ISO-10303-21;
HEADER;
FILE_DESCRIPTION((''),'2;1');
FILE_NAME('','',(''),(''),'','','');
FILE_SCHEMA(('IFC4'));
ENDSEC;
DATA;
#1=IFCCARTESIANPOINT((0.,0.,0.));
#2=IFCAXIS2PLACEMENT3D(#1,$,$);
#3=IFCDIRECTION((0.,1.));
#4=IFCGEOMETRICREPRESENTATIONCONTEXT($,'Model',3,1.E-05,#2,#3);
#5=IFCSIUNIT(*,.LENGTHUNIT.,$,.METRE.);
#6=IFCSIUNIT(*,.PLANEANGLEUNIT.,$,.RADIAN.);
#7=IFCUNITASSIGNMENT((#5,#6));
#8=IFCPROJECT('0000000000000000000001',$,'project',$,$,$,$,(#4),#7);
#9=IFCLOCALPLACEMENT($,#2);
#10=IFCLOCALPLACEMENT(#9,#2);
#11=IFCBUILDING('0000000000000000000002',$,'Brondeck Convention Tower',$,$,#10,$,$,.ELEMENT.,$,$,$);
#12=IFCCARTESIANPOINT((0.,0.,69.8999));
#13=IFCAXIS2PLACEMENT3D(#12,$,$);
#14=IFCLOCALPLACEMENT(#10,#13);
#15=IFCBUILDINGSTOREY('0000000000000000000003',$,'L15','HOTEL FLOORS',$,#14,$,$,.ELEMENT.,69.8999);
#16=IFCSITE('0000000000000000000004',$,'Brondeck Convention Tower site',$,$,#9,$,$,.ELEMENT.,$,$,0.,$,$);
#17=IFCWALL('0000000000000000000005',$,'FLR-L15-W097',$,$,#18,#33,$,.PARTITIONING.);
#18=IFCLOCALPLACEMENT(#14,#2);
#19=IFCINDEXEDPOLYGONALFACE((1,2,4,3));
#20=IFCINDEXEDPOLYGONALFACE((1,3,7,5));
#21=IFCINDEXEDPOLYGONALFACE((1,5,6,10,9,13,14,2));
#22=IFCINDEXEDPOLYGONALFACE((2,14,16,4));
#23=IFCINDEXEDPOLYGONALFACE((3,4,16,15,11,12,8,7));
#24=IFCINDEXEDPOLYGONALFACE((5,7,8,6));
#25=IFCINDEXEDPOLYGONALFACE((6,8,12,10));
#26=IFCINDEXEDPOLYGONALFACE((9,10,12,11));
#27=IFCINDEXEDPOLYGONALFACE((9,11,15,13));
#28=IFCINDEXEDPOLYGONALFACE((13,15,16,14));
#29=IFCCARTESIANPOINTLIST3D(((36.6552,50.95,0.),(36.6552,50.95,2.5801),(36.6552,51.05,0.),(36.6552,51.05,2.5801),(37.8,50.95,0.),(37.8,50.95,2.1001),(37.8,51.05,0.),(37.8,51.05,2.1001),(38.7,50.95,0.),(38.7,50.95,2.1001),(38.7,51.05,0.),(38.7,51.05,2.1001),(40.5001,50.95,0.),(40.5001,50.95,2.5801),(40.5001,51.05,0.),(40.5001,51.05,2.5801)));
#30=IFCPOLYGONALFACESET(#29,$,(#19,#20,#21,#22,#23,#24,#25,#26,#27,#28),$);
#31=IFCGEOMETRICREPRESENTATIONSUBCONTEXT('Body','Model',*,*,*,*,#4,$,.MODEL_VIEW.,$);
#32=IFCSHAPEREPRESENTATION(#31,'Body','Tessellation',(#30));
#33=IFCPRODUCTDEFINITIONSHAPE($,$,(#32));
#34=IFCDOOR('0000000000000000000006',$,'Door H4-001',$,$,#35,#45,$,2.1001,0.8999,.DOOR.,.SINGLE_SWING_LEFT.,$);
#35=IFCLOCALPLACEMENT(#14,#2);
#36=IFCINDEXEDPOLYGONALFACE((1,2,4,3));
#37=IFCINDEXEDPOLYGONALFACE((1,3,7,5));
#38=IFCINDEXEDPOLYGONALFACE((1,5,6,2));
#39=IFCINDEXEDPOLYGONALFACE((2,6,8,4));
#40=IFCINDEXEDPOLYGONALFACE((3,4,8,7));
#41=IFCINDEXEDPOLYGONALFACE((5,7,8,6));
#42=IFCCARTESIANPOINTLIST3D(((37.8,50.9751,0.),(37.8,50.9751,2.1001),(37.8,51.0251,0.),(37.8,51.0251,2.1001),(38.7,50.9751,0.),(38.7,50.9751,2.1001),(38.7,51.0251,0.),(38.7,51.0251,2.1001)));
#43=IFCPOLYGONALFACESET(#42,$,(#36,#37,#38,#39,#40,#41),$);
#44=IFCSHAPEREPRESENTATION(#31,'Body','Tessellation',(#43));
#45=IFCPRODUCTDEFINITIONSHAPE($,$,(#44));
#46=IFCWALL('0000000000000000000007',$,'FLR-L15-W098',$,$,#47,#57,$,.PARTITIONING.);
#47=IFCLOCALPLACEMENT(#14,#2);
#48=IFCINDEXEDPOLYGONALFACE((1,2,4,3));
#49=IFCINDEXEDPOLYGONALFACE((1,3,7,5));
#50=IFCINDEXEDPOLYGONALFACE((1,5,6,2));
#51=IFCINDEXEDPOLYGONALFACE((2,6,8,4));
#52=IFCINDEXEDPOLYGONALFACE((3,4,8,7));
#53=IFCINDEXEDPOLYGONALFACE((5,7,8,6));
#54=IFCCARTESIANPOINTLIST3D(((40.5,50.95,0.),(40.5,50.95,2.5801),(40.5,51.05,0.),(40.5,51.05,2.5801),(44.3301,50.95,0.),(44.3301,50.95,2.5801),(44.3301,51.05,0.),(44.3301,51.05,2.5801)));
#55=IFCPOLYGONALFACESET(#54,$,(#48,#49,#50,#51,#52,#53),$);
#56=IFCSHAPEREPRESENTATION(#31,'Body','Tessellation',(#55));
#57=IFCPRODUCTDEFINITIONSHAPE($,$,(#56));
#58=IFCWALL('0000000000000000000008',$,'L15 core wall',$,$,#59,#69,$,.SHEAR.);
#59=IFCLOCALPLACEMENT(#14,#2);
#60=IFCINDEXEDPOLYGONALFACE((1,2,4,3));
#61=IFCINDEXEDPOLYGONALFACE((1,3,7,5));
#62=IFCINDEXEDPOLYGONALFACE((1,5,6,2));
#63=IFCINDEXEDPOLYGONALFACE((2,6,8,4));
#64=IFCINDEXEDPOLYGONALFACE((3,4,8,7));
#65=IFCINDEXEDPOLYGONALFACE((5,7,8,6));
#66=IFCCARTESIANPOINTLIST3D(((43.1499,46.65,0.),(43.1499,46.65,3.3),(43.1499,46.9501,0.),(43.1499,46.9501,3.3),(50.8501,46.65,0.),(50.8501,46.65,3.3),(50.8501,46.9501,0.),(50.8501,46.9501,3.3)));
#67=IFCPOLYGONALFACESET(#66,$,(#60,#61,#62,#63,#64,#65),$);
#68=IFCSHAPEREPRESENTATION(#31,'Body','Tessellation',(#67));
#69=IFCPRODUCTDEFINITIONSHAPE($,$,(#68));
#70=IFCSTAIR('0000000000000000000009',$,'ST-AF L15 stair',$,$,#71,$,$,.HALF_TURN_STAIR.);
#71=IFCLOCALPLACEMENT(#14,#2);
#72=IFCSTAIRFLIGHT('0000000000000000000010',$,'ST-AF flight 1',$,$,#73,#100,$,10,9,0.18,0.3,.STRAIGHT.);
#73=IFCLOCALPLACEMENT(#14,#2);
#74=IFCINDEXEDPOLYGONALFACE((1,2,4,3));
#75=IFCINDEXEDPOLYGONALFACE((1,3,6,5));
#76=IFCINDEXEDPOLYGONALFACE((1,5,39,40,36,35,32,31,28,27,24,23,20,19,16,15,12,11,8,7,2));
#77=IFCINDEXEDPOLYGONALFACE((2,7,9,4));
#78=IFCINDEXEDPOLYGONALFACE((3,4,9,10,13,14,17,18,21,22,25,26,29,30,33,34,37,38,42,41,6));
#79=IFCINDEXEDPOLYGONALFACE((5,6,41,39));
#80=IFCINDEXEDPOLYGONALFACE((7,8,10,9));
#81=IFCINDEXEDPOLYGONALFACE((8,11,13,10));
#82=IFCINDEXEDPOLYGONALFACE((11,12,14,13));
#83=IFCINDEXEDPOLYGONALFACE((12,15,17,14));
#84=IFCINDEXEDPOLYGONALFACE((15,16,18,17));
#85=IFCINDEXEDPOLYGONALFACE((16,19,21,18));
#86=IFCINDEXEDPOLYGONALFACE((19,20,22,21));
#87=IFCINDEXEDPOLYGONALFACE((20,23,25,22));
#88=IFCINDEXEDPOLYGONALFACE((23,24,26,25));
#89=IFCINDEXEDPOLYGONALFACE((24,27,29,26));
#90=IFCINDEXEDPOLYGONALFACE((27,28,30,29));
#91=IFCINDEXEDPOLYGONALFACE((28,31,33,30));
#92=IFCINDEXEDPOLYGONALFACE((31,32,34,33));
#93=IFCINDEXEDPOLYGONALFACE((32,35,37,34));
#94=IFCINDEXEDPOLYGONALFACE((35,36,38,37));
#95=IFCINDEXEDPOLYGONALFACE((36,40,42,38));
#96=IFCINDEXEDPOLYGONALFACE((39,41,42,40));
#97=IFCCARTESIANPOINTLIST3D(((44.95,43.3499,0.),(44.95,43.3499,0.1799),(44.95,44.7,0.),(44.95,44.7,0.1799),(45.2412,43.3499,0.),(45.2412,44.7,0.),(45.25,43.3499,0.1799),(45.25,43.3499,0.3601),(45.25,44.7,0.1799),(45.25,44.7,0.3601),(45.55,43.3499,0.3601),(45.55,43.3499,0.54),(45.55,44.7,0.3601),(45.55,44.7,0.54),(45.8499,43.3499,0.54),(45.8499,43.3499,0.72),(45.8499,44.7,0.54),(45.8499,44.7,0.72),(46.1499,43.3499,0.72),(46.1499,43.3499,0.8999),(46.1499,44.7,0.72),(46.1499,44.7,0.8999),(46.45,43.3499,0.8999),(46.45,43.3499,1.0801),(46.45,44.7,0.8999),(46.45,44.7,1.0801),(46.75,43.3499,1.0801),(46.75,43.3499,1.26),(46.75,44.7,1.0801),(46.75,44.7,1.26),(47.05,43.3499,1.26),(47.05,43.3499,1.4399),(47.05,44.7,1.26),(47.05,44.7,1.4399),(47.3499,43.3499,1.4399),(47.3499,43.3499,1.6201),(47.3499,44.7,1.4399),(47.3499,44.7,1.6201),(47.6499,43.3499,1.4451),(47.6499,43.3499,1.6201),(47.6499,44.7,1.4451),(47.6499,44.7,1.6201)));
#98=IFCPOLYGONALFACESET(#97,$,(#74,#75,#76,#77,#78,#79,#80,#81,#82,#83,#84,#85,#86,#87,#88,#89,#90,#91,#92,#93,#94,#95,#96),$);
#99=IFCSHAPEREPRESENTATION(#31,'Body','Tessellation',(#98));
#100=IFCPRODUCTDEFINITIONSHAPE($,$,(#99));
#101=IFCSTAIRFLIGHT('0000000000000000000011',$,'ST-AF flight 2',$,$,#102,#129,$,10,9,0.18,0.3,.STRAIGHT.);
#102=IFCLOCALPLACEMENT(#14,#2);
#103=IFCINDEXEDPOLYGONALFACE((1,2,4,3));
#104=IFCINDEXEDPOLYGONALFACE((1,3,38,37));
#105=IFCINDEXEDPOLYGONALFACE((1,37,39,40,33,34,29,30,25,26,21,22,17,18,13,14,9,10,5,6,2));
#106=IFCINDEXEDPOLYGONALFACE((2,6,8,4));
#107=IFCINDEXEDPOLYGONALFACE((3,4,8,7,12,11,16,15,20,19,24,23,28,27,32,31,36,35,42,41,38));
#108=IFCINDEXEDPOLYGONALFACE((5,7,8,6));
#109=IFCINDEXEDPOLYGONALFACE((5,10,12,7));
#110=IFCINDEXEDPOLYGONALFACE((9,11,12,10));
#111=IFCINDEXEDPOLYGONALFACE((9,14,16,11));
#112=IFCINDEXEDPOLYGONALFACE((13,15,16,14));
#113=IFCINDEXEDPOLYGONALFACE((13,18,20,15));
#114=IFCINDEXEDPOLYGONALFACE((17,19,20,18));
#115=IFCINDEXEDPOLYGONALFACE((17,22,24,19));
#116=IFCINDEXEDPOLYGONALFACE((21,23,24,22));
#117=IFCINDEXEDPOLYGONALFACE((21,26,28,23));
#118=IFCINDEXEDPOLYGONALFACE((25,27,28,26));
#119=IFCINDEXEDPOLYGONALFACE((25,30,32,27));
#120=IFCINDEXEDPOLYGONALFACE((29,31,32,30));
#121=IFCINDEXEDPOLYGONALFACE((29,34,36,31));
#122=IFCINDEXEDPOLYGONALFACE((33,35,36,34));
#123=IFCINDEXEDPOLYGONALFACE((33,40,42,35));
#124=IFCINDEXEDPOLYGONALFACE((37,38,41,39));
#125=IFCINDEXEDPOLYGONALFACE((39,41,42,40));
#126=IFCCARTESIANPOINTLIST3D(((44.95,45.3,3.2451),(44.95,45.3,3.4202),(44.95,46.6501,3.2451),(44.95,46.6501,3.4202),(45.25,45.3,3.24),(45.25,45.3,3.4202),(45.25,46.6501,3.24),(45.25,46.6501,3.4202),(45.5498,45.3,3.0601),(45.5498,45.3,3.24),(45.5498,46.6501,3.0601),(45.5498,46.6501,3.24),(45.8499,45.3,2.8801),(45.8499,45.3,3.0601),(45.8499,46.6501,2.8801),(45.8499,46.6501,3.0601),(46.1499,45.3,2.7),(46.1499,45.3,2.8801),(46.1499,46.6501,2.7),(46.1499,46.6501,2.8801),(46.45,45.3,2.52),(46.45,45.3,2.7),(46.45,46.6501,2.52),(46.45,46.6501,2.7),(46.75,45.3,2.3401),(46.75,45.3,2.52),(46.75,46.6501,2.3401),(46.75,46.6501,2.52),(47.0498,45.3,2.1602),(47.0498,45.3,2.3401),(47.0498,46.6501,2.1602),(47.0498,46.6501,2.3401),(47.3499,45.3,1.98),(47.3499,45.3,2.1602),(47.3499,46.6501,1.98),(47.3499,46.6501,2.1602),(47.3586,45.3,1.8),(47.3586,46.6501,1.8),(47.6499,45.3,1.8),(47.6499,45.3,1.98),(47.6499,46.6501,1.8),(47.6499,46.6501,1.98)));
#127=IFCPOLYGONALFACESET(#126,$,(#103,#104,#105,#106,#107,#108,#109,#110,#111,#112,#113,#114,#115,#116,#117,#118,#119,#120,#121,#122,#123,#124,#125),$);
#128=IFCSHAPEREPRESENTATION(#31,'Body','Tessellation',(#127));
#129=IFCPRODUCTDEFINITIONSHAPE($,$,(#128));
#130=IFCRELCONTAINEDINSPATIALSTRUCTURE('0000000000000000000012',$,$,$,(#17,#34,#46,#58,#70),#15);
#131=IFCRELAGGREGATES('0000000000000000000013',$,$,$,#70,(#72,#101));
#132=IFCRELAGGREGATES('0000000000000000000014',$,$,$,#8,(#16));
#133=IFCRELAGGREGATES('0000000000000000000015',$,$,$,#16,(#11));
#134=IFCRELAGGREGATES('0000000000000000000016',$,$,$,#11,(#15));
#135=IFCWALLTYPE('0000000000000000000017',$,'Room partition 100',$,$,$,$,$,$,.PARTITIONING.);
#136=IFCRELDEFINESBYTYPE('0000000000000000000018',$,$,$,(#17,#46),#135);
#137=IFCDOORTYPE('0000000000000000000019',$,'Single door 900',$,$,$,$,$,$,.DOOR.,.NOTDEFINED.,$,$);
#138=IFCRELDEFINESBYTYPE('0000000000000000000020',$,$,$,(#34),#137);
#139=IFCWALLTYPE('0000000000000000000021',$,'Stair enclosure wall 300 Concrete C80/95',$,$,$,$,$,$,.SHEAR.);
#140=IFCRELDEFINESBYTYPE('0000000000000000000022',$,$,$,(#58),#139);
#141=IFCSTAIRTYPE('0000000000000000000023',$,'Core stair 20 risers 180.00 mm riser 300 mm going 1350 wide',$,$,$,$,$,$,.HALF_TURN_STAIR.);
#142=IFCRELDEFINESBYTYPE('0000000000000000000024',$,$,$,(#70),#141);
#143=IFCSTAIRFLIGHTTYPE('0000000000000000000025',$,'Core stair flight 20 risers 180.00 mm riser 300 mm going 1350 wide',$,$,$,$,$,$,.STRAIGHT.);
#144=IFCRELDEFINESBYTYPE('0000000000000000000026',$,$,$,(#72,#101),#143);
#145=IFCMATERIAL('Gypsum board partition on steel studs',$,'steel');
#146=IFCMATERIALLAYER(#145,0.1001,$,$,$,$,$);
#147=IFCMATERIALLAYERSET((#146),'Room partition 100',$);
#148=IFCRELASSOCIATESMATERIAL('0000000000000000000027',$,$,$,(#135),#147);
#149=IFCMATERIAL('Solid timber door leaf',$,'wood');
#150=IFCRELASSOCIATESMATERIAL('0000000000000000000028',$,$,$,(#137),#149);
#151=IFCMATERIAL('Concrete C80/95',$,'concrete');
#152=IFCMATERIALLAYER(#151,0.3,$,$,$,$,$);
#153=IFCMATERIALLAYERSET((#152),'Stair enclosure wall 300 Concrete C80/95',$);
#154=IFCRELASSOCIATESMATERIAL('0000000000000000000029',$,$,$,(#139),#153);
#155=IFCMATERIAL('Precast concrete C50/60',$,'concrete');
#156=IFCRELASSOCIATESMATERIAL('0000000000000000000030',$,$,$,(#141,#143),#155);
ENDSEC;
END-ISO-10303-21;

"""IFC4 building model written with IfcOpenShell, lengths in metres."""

from ifc_helpers import new_model, si_unit, direction, frame, frame_2d, origin, place, context, subcontext, project, spatial, polyline, rectangle, outline, extrude, material, layer, layer_set, type_object, element, fill, aggregate, save


model = new_model("IFC4")

# Units and contexts
model_context = context("Model", 3, precision=1e-05, world=origin(), true_north=direction((0.0, 1.0)))
body_context = subcontext(model_context, "Body", "Model", "MODEL_VIEW")
ifc_project = project(units=[si_unit("LENGTHUNIT", "METRE"), si_unit("PLANEANGLEUNIT", "RADIAN")], contexts=[model_context])

# Site, building, storey
site_placement = place(None, origin())
site = spatial("IfcSite", under=ifc_project, at=site_placement, Name="Brondeck Convention Tower site", CompositionType="ELEMENT", RefElevation=0.0)
building_placement = place(site_placement, origin())
building = spatial("IfcBuilding", under=site, at=building_placement, Name="Brondeck Convention Tower", CompositionType="ELEMENT")
storey_placement = place(building_placement, frame((0.0, 0.0, 69.8999)))
storey = spatial("IfcBuildingStorey", under=building, at=storey_placement, Name="L15", Description="HOTEL FLOORS", CompositionType="ELEMENT", Elevation=69.8999)

# Shared definitions
ifc_material_1 = material(Name="Concrete C80/95", Category="concrete")

# Shared definitions
ifc_material_2 = material(Name="Gypsum board partition on steel studs", Category="steel")
ifc_layer_1 = layer(ifc_material_2, 0.1001)
ifc_layer_set_1 = layer_set([ifc_layer_1], Name="Room partition 100")
wall_type_1 = type_object("IfcWallType", Name="Room partition 100", PredefinedType="PARTITIONING", material=ifc_layer_set_1)

# Wall, opening, door
ifc_material_3 = material(Name="Solid timber door leaf", Category="wood")
door_type = type_object("IfcDoorType", Name="Single door 900", OperationType="NOTDEFINED", PredefinedType="DOOR", material=ifc_material_3)
wall_1_placement = place(storey_placement, frame((40.5, 51.0, 0.0), z_axis=(0.0, 0.0, 1.0), x_axis=(-1.0, 0.0, 0.0)))
wall_1 = element("IfcWall", 1, at=wall_1_placement, inside=storey, type_object=wall_type_1, Name="FLR-L15-W097", PredefinedType="PARTITIONING", context=body_context, shape_type="SweptSolid", body=[
    extrude(rectangle(XDim=3.845, YDim=0.1001, at=frame_2d((1.9224, 0.0))), origin(), (0.0, 0.0, 1.0), 2.5801),
])
opening_1_placement = place(wall_1_placement, frame((1.8, 0.0, 0.0)))
opening_1 = element("IfcOpeningElement", 2, at=opening_1_placement, cuts=wall_1, PredefinedType="OPENING", context=body_context, shape_type="SweptSolid", body=[
    extrude(rectangle(XDim=0.8999, YDim=2.1001, at=frame_2d((0.45, 1.05))), frame((0.0, 0.0601, 0.0), z_axis=(0.0, -1.0, 0.0), x_axis=(1.0, 0.0, 0.0)), (0.0, 0.0, 1.0), 0.1201),
])
door_1_placement = place(opening_1_placement, origin())
door_1 = element("IfcDoor", 3, at=door_1_placement, inside=storey, type_object=door_type, Name="Door H4-001", OperationType="SINGLE_SWING_LEFT", OverallHeight=2.1001, OverallWidth=0.8999, PredefinedType="DOOR", context=body_context, shape_type="SweptSolid", body=[
    extrude(rectangle(XDim=0.8999, YDim=2.1001, at=frame_2d((0.45, 1.05))), frame((0.0, 0.0249, 0.0), z_axis=(0.0, -1.0, 0.0), x_axis=(1.0, 0.0, 0.0)), (0.0, 0.0, 1.0), 0.05),
])
fill(opening_1, door_1)

# Walls
wall_2_placement = place(storey_placement, frame((44.3301, 51.0, 0.0), z_axis=(0.0, 0.0, 1.0), x_axis=(-1.0, 0.0, 0.0)))
element("IfcWall", 4, at=wall_2_placement, inside=storey, type_object=wall_type_1, Name="FLR-L15-W098", PredefinedType="PARTITIONING", context=body_context, shape_type="SweptSolid", body=[
    extrude(rectangle(XDim=3.8301, YDim=0.1001, at=frame_2d((1.915, 0.0))), origin(), (0.0, 0.0, 1.0), 2.5801),
])
ifc_layer_2 = layer(ifc_material_1, 0.3)
ifc_layer_set_2 = layer_set([ifc_layer_2], Name="Stair enclosure wall 300 Concrete C80/95")
wall_type_2 = type_object("IfcWallType", Name="Stair enclosure wall 300 Concrete C80/95", PredefinedType="SHEAR", material=ifc_layer_set_2)
wall_3_placement = place(storey_placement, frame((43.1499, 46.8, 0.0), z_axis=(0.0, 0.0, 1.0), x_axis=(1.0, 0.0, 0.0)))
element("IfcWall", 5, at=wall_3_placement, inside=storey, type_object=wall_type_2, Name="L15 core wall", PredefinedType="SHEAR", context=body_context, shape_type="SweptSolid", body=[
    extrude(rectangle(XDim=7.7002, YDim=0.3, at=frame_2d((3.8501, 0.0))), origin(), (0.0, 0.0, 1.0), 3.3),
])

# Stair, stair flights
ifc_material_4 = material(Name="Precast concrete C50/60", Category="concrete")
stair_type = type_object("IfcStairType", Name="Core stair 20 risers 180.00 mm riser 300 mm going 1350 wide", PredefinedType="HALF_TURN_STAIR", material=ifc_material_4)
stair_placement = place(storey_placement, origin())
stair = element("IfcStair", 6, at=stair_placement, inside=storey, type_object=stair_type, Name="ST-AF L15 stair", PredefinedType="HALF_TURN_STAIR")
stair_flight_type = type_object("IfcStairFlightType", Name="Core stair flight 20 risers 180.00 mm riser 300 mm going 1350 wide", PredefinedType="STRAIGHT", material=ifc_material_4)
stair_flight_1_placement = place(storey_placement, frame((44.95, 44.0249, 0.0), z_axis=(0.0, 0.0, 1.0), x_axis=(1.0, 0.0, 0.0)))
stair_flight_1 = element("IfcStairFlight", 7, at=stair_flight_1_placement, type_object=stair_flight_type, Name="ST-AF flight 1", NumberOfRisers=10, NumberOfTreads=9, PredefinedType="STRAIGHT", RiserHeight=0.18, TreadLength=0.3, context=body_context, shape_type="SweptSolid", body=[
    extrude(outline(polyline([(0.0, 0.0), (0.0, 0.1799), (0.3, 0.1799), (0.3, 0.3601), (0.6001, 0.3601), (0.6001, 0.54), (0.8999, 0.54), (0.8999, 0.72), (1.2, 0.72), (1.2, 0.8999), (1.5, 0.8999), (1.5, 1.0801), (1.8, 1.0801), (1.8, 1.26), (2.1001, 1.26), (2.1001, 1.4399), (2.3999, 1.4399), (2.3999, 1.6201), (2.7, 1.6201), (2.7, 1.8), (2.7, 1.4451), (0.2913, 0.0), (0.0, 0.0)])), frame((0.0, 0.675, 0.0), z_axis=(0.0, -1.0, 0.0), x_axis=(1.0, 0.0, 0.0)), (0.0, 0.0, 1.0), 1.3501),
])
stair_flight_2_placement = place(storey_placement, frame((47.6499, 45.9751, 1.8), z_axis=(0.0, 0.0, 1.0), x_axis=(-1.0, 0.0, 0.0)))
stair_flight_2 = element("IfcStairFlight", 8, at=stair_flight_2_placement, type_object=stair_flight_type, Name="ST-AF flight 2", NumberOfRisers=10, NumberOfTreads=9, PredefinedType="STRAIGHT", RiserHeight=0.18, TreadLength=0.3, context=body_context, shape_type="SweptSolid", body=[
    extrude(outline(polyline([(0.0, 0.0), (0.0, 0.1799), (0.3, 0.1799), (0.3, 0.3601), (0.6001, 0.3601), (0.6001, 0.54), (0.8999, 0.54), (0.8999, 0.72), (1.2, 0.72), (1.2, 0.8999), (1.5, 0.8999), (1.5, 1.0801), (1.8, 1.0801), (1.8, 1.26), (2.1001, 1.26), (2.1001, 1.4399), (2.3999, 1.4399), (2.3999, 1.6201), (2.7, 1.6201), (2.7, 1.8), (2.7, 1.4451), (0.2913, 0.0), (0.0, 0.0)])), frame((0.0, 0.675, 0.0), z_axis=(0.0, -1.0, 0.0), x_axis=(1.0, 0.0, 0.0)), (0.0, 0.0, 1.0), 1.3501),
])
aggregate(stair, [stair_flight_1, stair_flight_2])

save(model, "model.ifc")
